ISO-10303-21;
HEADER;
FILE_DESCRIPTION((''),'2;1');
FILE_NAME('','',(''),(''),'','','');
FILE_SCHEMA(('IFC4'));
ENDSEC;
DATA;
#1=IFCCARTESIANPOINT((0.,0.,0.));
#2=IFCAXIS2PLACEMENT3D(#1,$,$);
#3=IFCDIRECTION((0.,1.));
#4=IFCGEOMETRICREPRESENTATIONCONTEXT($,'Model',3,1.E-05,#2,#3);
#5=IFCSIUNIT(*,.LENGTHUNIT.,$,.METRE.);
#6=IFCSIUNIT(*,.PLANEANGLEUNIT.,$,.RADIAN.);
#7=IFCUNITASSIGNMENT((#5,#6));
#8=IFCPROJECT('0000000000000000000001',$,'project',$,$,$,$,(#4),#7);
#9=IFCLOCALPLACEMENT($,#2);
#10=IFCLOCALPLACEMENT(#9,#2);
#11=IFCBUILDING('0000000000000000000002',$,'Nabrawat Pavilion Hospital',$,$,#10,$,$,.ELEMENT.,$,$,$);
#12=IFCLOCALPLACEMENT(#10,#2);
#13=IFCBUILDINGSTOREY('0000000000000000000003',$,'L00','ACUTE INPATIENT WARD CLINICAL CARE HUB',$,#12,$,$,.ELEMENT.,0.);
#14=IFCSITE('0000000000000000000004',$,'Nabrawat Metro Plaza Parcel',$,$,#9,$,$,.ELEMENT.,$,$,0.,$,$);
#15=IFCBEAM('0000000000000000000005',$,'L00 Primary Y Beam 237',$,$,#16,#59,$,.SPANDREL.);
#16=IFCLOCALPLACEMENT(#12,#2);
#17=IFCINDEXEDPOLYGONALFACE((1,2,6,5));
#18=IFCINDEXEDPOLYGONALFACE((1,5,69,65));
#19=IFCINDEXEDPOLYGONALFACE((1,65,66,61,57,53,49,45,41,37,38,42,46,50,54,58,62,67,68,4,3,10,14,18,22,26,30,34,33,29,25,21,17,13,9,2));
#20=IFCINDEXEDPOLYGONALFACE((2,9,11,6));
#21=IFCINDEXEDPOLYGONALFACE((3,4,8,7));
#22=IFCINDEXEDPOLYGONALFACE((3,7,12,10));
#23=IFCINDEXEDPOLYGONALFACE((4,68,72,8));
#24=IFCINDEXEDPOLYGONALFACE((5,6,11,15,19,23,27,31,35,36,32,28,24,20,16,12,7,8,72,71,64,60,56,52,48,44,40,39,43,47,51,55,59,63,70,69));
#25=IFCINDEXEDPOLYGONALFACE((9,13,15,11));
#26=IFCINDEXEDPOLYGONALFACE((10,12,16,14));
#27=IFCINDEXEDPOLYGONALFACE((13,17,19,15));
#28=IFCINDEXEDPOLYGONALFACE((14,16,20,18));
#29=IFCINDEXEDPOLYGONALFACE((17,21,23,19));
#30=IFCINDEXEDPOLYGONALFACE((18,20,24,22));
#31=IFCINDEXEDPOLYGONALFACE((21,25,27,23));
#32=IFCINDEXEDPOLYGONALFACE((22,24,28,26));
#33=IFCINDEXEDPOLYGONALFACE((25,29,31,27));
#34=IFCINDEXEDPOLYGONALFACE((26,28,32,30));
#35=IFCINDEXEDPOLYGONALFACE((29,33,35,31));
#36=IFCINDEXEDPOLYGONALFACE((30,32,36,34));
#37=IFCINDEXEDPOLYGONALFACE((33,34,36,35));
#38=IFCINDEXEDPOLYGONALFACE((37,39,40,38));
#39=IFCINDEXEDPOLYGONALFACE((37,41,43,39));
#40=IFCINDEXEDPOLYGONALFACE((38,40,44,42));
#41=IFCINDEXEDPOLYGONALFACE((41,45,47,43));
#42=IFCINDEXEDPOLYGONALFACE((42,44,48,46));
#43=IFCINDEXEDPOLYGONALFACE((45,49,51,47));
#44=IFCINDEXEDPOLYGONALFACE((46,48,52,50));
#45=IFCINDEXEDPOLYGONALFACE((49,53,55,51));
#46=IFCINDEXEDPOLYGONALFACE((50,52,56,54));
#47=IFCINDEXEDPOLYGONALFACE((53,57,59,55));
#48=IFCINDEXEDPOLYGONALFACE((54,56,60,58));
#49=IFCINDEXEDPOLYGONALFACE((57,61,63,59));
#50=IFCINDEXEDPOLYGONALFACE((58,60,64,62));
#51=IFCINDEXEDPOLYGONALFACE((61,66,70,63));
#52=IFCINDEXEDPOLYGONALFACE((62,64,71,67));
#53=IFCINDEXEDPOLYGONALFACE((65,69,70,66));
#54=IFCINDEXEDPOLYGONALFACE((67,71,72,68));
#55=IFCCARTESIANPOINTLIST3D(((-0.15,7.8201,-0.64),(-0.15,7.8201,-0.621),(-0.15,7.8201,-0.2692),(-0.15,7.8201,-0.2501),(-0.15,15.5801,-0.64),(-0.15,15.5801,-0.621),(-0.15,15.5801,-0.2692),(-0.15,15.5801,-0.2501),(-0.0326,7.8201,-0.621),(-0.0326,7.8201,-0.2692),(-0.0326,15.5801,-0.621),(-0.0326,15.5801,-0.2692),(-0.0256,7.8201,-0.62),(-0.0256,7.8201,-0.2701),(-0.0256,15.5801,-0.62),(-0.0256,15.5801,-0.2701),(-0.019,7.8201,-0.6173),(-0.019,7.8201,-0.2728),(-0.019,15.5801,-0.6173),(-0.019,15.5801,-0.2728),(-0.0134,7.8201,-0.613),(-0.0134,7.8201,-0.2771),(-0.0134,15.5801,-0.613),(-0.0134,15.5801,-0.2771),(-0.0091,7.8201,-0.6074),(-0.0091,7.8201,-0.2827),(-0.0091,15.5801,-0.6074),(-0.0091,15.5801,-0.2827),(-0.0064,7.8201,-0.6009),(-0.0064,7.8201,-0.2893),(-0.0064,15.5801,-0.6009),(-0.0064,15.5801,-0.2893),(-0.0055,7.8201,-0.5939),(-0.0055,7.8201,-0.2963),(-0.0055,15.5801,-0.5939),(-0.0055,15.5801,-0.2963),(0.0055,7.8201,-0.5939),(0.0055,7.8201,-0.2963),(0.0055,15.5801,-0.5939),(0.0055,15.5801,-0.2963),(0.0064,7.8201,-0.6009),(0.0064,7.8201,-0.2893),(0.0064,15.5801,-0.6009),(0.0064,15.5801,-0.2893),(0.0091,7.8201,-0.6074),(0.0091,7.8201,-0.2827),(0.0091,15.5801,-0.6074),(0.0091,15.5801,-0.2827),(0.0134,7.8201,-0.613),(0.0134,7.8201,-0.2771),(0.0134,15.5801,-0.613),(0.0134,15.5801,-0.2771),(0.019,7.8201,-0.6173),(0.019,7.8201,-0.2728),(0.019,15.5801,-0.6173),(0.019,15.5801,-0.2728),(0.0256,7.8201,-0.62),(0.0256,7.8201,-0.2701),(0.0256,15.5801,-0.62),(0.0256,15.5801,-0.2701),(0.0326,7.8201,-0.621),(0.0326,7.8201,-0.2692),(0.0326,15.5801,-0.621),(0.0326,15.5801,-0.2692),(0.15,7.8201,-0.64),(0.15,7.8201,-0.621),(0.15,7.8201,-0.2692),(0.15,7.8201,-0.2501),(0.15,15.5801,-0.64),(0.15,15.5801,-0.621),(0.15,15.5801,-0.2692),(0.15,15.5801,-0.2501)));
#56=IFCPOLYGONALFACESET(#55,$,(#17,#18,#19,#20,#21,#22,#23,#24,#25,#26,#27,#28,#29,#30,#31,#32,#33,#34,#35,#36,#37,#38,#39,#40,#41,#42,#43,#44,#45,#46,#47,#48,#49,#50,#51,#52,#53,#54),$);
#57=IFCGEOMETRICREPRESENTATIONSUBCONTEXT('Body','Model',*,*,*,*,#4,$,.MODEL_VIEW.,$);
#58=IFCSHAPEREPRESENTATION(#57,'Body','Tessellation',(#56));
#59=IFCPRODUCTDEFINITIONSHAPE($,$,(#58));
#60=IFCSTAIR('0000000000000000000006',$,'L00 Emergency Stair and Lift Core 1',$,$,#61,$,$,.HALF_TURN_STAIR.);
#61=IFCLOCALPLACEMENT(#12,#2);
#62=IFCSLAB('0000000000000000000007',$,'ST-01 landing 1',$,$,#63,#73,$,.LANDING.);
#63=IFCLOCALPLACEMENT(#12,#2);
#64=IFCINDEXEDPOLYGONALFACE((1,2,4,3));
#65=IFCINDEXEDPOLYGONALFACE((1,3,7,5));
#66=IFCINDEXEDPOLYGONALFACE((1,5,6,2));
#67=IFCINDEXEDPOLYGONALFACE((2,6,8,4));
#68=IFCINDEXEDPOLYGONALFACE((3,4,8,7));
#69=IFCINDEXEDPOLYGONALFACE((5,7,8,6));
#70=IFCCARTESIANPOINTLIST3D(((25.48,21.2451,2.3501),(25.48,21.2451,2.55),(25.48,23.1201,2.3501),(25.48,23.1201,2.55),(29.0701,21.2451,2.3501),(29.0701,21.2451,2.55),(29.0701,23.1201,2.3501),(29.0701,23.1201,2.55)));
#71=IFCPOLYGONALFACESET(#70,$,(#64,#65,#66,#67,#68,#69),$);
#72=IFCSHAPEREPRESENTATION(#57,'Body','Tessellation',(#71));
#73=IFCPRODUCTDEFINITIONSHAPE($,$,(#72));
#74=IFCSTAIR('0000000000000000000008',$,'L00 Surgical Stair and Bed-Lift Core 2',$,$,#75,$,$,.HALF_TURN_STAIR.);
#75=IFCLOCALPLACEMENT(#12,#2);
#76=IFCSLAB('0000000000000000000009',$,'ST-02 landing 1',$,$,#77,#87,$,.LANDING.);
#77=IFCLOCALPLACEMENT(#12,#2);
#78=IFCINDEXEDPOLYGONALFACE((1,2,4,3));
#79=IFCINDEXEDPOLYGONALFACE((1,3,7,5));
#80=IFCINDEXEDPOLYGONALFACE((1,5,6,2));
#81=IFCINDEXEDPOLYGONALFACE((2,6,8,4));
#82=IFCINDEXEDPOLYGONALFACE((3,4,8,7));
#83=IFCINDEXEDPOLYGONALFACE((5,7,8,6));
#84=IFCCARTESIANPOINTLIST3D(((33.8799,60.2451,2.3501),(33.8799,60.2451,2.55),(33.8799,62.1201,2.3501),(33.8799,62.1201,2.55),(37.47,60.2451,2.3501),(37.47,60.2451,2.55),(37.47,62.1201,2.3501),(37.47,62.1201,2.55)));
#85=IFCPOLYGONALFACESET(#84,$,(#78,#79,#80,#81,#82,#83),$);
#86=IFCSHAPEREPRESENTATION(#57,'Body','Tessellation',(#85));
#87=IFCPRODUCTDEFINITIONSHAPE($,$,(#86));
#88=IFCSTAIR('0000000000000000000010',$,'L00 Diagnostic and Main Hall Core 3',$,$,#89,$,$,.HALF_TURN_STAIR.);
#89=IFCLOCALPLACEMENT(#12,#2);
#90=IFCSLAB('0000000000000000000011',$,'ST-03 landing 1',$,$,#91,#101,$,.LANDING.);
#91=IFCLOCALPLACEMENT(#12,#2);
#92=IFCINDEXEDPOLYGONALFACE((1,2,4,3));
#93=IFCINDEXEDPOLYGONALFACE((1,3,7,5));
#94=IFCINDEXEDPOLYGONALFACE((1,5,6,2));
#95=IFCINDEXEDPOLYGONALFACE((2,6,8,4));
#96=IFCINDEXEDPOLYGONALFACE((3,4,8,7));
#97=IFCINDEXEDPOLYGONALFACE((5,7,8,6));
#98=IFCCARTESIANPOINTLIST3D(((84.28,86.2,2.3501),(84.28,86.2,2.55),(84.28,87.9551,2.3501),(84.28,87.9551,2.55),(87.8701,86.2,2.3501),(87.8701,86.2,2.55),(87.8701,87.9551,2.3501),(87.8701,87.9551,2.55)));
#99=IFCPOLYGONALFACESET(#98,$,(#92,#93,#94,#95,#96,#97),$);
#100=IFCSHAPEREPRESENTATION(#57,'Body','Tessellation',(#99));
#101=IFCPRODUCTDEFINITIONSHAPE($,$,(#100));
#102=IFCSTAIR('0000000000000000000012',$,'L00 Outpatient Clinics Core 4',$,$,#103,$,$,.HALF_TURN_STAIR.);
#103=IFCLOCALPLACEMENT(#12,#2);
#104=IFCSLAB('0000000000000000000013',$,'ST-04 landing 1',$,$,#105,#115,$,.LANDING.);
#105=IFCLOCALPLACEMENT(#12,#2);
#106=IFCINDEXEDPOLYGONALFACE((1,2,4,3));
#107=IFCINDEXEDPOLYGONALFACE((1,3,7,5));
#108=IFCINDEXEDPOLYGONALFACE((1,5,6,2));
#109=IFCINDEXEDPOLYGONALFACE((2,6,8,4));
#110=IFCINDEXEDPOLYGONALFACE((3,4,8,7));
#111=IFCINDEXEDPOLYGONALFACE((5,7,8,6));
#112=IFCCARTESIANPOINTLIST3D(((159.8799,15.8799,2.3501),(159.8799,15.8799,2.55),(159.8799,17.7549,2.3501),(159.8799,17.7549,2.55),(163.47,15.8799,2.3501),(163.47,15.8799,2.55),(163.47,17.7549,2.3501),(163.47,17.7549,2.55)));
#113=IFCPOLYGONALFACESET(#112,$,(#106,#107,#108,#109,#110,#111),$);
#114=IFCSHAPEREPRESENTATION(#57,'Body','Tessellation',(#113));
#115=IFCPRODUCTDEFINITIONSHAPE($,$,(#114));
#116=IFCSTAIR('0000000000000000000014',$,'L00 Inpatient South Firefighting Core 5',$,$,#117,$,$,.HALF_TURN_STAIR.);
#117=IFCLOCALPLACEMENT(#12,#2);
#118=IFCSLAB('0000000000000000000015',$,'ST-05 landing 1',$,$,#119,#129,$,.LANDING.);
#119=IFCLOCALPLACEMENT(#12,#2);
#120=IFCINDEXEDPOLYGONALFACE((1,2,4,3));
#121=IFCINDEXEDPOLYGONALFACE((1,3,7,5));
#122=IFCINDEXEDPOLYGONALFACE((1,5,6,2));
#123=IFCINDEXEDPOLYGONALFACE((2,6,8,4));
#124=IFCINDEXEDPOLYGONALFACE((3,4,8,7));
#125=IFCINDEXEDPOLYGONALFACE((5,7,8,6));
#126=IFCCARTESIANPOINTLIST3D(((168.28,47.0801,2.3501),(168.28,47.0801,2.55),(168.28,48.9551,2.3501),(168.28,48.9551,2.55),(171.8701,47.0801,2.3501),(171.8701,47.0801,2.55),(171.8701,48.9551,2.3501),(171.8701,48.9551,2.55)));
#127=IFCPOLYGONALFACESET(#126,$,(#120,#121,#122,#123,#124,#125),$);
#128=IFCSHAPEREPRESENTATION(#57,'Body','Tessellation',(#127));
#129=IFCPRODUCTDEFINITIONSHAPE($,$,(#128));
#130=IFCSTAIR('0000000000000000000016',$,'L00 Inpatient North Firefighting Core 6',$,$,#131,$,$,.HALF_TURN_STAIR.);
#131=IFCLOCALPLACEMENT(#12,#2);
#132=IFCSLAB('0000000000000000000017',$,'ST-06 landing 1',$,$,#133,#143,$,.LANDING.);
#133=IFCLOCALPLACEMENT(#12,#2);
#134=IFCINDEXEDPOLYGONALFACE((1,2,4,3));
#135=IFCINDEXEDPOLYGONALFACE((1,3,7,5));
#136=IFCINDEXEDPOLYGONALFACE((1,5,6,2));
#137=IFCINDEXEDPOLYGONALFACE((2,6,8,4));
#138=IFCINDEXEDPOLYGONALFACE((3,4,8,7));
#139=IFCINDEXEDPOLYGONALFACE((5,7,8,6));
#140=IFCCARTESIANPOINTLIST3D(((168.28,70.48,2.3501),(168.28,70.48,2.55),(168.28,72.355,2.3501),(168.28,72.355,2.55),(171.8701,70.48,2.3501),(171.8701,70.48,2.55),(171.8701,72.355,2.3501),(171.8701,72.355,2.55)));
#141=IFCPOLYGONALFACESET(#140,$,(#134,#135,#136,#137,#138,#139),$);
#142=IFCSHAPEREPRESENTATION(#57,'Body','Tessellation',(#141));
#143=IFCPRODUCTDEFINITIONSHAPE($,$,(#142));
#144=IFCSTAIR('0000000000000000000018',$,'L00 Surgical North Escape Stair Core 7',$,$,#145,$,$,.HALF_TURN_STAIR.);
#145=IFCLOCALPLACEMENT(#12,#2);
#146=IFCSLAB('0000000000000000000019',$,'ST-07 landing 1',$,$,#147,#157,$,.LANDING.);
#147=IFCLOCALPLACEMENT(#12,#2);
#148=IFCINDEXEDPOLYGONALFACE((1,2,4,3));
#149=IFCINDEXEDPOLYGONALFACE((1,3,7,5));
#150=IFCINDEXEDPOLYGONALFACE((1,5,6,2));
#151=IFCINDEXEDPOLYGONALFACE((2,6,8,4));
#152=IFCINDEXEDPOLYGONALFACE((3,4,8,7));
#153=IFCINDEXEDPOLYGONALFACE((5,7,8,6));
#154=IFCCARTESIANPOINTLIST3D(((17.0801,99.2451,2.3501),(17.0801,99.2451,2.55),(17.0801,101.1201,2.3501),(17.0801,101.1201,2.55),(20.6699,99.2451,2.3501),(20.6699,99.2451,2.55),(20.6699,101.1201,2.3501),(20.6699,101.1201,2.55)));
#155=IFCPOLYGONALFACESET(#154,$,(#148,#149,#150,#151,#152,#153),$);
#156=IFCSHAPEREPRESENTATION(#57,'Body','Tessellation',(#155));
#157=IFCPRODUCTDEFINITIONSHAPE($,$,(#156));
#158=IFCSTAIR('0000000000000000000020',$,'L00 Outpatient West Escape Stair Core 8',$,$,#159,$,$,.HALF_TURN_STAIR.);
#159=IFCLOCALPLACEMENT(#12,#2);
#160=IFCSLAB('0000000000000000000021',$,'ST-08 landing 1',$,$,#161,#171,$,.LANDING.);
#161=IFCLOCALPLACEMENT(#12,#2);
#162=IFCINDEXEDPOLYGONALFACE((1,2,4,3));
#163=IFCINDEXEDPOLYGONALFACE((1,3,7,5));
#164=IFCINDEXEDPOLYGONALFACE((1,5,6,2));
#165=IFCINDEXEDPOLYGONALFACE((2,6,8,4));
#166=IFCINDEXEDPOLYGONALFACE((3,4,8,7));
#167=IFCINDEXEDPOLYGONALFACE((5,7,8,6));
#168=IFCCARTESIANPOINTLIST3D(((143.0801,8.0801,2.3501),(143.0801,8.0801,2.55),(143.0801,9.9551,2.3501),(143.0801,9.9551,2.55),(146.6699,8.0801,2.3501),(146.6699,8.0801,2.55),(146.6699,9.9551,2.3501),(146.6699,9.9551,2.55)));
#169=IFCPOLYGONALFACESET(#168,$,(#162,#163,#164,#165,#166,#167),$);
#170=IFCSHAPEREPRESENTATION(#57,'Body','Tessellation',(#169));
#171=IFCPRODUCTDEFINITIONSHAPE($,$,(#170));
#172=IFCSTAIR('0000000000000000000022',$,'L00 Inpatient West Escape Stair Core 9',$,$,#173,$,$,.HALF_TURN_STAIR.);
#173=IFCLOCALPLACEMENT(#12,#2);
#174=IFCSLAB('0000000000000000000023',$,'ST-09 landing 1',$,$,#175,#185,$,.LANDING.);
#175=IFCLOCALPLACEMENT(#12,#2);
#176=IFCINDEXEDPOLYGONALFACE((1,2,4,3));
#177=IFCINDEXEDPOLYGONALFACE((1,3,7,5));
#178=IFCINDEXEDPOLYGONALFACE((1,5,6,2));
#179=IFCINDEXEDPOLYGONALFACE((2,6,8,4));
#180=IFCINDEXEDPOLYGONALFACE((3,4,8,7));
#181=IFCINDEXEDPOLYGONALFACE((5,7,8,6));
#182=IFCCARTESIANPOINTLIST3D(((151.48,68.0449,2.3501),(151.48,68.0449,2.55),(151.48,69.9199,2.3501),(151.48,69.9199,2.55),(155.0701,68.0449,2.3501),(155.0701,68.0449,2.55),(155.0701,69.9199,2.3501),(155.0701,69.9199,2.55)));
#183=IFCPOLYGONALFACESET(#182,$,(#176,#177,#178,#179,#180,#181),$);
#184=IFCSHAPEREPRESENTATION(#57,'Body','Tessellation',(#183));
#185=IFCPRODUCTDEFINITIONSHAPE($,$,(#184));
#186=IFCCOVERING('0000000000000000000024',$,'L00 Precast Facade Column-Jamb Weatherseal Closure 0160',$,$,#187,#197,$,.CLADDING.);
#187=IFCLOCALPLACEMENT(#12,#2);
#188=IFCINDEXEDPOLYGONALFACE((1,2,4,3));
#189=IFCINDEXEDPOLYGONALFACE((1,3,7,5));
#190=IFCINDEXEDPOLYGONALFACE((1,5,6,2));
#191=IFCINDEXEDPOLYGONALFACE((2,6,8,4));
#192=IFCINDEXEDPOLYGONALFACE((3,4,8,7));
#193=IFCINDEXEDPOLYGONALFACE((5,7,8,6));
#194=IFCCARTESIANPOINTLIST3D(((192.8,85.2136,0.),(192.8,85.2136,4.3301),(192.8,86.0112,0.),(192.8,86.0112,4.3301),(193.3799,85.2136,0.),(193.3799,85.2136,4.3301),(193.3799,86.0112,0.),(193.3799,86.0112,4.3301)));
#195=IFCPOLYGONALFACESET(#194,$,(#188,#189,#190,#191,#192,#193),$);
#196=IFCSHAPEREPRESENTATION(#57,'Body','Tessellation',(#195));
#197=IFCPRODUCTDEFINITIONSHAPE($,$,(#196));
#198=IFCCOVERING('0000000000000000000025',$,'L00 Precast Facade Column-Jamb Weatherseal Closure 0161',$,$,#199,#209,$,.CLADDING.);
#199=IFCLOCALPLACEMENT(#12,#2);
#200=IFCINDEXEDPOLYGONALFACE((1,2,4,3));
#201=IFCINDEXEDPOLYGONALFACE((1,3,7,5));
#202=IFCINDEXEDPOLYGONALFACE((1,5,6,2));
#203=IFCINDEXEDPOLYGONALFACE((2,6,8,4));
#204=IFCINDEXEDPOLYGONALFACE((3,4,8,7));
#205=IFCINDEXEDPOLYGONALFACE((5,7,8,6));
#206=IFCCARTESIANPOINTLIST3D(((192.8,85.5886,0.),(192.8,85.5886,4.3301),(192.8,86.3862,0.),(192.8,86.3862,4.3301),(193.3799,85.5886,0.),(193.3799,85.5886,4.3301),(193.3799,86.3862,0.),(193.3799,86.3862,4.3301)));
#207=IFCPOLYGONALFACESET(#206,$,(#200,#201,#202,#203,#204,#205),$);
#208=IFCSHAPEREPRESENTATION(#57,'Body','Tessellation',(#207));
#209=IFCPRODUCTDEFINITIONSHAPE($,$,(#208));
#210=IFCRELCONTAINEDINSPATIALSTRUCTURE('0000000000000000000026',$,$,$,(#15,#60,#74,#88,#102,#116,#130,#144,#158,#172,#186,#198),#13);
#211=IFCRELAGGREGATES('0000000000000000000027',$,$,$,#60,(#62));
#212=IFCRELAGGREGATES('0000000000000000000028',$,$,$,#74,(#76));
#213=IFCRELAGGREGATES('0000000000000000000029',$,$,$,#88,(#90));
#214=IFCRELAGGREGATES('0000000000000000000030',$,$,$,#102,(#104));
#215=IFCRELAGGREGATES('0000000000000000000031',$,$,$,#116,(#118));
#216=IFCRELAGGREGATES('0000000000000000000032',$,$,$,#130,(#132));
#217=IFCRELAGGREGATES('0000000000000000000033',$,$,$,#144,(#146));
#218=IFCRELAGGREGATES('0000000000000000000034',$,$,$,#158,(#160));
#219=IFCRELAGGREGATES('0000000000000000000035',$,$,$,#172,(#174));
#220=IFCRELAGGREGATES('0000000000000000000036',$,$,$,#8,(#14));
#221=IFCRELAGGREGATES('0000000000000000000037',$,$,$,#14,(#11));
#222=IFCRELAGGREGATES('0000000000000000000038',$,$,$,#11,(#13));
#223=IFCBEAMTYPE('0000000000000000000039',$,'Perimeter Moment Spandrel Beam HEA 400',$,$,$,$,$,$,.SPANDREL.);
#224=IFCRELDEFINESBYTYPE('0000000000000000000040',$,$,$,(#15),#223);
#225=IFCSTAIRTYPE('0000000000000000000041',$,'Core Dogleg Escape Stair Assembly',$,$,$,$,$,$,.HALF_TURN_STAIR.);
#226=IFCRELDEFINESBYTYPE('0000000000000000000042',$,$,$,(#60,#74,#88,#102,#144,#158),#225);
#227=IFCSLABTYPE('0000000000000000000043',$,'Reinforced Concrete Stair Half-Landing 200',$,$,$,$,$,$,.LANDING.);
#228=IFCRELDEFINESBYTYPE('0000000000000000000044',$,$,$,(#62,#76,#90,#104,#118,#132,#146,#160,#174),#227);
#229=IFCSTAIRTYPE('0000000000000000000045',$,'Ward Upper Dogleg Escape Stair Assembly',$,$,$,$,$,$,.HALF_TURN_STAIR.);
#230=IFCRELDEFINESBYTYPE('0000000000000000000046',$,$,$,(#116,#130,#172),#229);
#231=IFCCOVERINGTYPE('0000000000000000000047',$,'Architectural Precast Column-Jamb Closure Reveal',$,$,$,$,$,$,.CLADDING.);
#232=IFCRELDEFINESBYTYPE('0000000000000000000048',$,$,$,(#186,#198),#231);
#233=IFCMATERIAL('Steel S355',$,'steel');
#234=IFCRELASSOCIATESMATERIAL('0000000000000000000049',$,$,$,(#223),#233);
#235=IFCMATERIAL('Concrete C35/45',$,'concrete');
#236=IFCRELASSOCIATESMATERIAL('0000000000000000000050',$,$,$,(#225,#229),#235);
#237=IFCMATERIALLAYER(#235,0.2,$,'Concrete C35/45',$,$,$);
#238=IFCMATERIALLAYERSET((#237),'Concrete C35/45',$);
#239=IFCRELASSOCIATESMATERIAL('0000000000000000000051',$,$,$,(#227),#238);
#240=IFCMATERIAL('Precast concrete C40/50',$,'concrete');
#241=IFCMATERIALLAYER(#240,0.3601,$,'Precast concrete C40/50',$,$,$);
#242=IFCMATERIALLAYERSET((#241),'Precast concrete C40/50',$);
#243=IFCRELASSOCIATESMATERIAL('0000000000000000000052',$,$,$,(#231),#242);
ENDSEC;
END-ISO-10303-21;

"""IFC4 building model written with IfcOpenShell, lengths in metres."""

from ifc_helpers import new_model, si_unit, direction, frame, origin, origin_2d, place, context, subcontext, project, spatial, polyline, i_section, outline, extrude, material, layer, layer_set, material_profile, profile_set, type_object, element, aggregate, save


model = new_model("IFC4")

# Units and contexts
model_context = context("Model", 3, precision=1e-05, world=origin(), true_north=direction((0.0, 1.0)))
body_context = subcontext(model_context, "Body", "Model", "MODEL_VIEW")
ifc_project = project(units=[si_unit("LENGTHUNIT", "METRE"), si_unit("PLANEANGLEUNIT", "RADIAN")], contexts=[model_context])

# Site, building, storey
site_placement = place(None, origin())
site = spatial("IfcSite", under=ifc_project, at=site_placement, Name="Nabrawat Metro Plaza Parcel", CompositionType="ELEMENT", RefElevation=0.0)
building_placement = place(site_placement, origin())
building = spatial("IfcBuilding", under=site, at=building_placement, Name="Nabrawat Pavilion Hospital", CompositionType="ELEMENT")
storey_placement = place(building_placement, origin())
storey = spatial("IfcBuildingStorey", under=building, at=storey_placement, Name="L00", Description="ACUTE INPATIENT WARD CLINICAL CARE HUB", CompositionType="ELEMENT", Elevation=0.0)

# Shared definitions
ifc_material_1 = material(Name="Steel S355", Category="steel")

# Beam
ifc_material_profile_1 = material_profile(ifc_material_1, i_section(OverallWidth=0.3, OverallDepth=0.3899, WebThickness=0.011, FlangeThickness=0.019, FilletRadius=0.0271, at=origin_2d()), Name="HEA 400")
ifc_profile_set_1 = profile_set([ifc_material_profile_1], Name="Steel S355")
beam_type_1 = type_object("IfcBeamType", Name="Perimeter Moment Spandrel Beam HEA 400", PredefinedType="SPANDREL", material=ifc_profile_set_1)
for number, where, z_axis, x_axis, name in (
    (1, (0.0, 7.8201, -0.4451), (0.0, 1.0, 0.0), (-1.0, 0.0, 0.0), "L00 Primary Y Beam 237"),
):
    element("IfcBeam", number, at=place(storey_placement, frame(where, z_axis=z_axis, x_axis=x_axis)), inside=storey, type_object=beam_type_1, Name=name, PredefinedType="SPANDREL", context=body_context, shape_type="SweptSolid", body=[
        extrude(i_section(OverallWidth=0.3, OverallDepth=0.3899, WebThickness=0.011, FlangeThickness=0.019, FilletRadius=0.0271, at=origin_2d()), origin(), (0.0, 0.0, 1.0), 7.76),
    ])

# Stairs, slabs
ifc_material_2 = material(Name="Concrete C35/45", Category="concrete")
stair_type_1 = type_object("IfcStairType", Name="Core Dogleg Escape Stair Assembly", PredefinedType="HALF_TURN_STAIR", material=ifc_material_2)
stair_1_placement = place(storey_placement, origin())
stair_1 = element("IfcStair", 2, at=stair_1_placement, inside=storey, type_object=stair_type_1, Name="L00 Emergency Stair and Lift Core 1", PredefinedType="HALF_TURN_STAIR")
ifc_layer_1 = layer(ifc_material_2, 0.2, Name="Concrete C35/45")
ifc_layer_set_1 = layer_set([ifc_layer_1], Name="Concrete C35/45")
slab_type = type_object("IfcSlabType", Name="Reinforced Concrete Stair Half-Landing 200", PredefinedType="LANDING", material=ifc_layer_set_1)
slab_1_placement = place(storey_placement, frame((0.0, 0.0, 2.3501)))
slab_1 = element("IfcSlab", 3, at=slab_1_placement, type_object=slab_type, Name="ST-01 landing 1", PredefinedType="LANDING", context=body_context, shape_type="SweptSolid", body=[
    extrude(outline(polyline([(29.0701, 21.2451), (29.0701, 23.1201), (25.48, 23.1201), (25.48, 21.2451), (29.0701, 21.2451)])), origin(), (0.0, 0.0, 1.0), 0.2),
])
aggregate(stair_1, [slab_1])
stair_2_placement = place(storey_placement, origin())
stair_2 = element("IfcStair", 4, at=stair_2_placement, inside=storey, type_object=stair_type_1, Name="L00 Surgical Stair and Bed-Lift Core 2", PredefinedType="HALF_TURN_STAIR")
slab_2_placement = place(storey_placement, frame((0.0, 0.0, 2.3501)))
slab_2 = element("IfcSlab", 5, at=slab_2_placement, type_object=slab_type, Name="ST-02 landing 1", PredefinedType="LANDING", context=body_context, shape_type="SweptSolid", body=[
    extrude(outline(polyline([(37.47, 60.2451), (37.47, 62.1201), (33.8799, 62.1201), (33.8799, 60.2451), (37.47, 60.2451)])), origin(), (0.0, 0.0, 1.0), 0.2),
])
aggregate(stair_2, [slab_2])
stair_3_placement = place(storey_placement, origin())
stair_3 = element("IfcStair", 6, at=stair_3_placement, inside=storey, type_object=stair_type_1, Name="L00 Diagnostic and Main Hall Core 3", PredefinedType="HALF_TURN_STAIR")
slab_3_placement = place(storey_placement, frame((0.0, 0.0, 2.3501)))
slab_3 = element("IfcSlab", 7, at=slab_3_placement, type_object=slab_type, Name="ST-03 landing 1", PredefinedType="LANDING", context=body_context, shape_type="SweptSolid", body=[
    extrude(outline(polyline([(87.8701, 86.2), (87.8701, 87.9551), (84.28, 87.9551), (84.28, 86.2), (87.8701, 86.2)])), origin(), (0.0, 0.0, 1.0), 0.2),
])
aggregate(stair_3, [slab_3])
stair_4_placement = place(storey_placement, origin())
stair_4 = element("IfcStair", 8, at=stair_4_placement, inside=storey, type_object=stair_type_1, Name="L00 Outpatient Clinics Core 4", PredefinedType="HALF_TURN_STAIR")
slab_4_placement = place(storey_placement, frame((0.0, 0.0, 2.3501)))
slab_4 = element("IfcSlab", 9, at=slab_4_placement, type_object=slab_type, Name="ST-04 landing 1", PredefinedType="LANDING", context=body_context, shape_type="SweptSolid", body=[
    extrude(outline(polyline([(163.47, 15.8799), (163.47, 17.7549), (159.8799, 17.7549), (159.8799, 15.8799), (163.47, 15.8799)])), origin(), (0.0, 0.0, 1.0), 0.2),
])
aggregate(stair_4, [slab_4])
stair_type_2 = type_object("IfcStairType", Name="Ward Upper Dogleg Escape Stair Assembly", PredefinedType="HALF_TURN_STAIR", material=ifc_material_2)
stair_5_placement = place(storey_placement, origin())
stair_5 = element("IfcStair", 10, at=stair_5_placement, inside=storey, type_object=stair_type_2, Name="L00 Inpatient South Firefighting Core 5", PredefinedType="HALF_TURN_STAIR")
slab_5_placement = place(storey_placement, frame((0.0, 0.0, 2.3501)))
slab_5 = element("IfcSlab", 11, at=slab_5_placement, type_object=slab_type, Name="ST-05 landing 1", PredefinedType="LANDING", context=body_context, shape_type="SweptSolid", body=[
    extrude(outline(polyline([(171.8701, 47.0801), (171.8701, 48.9551), (168.28, 48.9551), (168.28, 47.0801), (171.8701, 47.0801)])), origin(), (0.0, 0.0, 1.0), 0.2),
])
aggregate(stair_5, [slab_5])
stair_6_placement = place(storey_placement, origin())
stair_6 = element("IfcStair", 12, at=stair_6_placement, inside=storey, type_object=stair_type_2, Name="L00 Inpatient North Firefighting Core 6", PredefinedType="HALF_TURN_STAIR")
slab_6_placement = place(storey_placement, frame((0.0, 0.0, 2.3501)))
slab_6 = element("IfcSlab", 13, at=slab_6_placement, type_object=slab_type, Name="ST-06 landing 1", PredefinedType="LANDING", context=body_context, shape_type="SweptSolid", body=[
    extrude(outline(polyline([(171.8701, 70.48), (171.8701, 72.355), (168.28, 72.355), (168.28, 70.48), (171.8701, 70.48)])), origin(), (0.0, 0.0, 1.0), 0.2),
])
aggregate(stair_6, [slab_6])
stair_7_placement = place(storey_placement, origin())
stair_7 = element("IfcStair", 14, at=stair_7_placement, inside=storey, type_object=stair_type_1, Name="L00 Surgical North Escape Stair Core 7", PredefinedType="HALF_TURN_STAIR")
slab_7_placement = place(storey_placement, frame((0.0, 0.0, 2.3501)))
slab_7 = element("IfcSlab", 15, at=slab_7_placement, type_object=slab_type, Name="ST-07 landing 1", PredefinedType="LANDING", context=body_context, shape_type="SweptSolid", body=[
    extrude(outline(polyline([(20.6699, 99.2451), (20.6699, 101.1201), (17.0801, 101.1201), (17.0801, 99.2451), (20.6699, 99.2451)])), origin(), (0.0, 0.0, 1.0), 0.2),
])
aggregate(stair_7, [slab_7])
stair_8_placement = place(storey_placement, origin())
stair_8 = element("IfcStair", 16, at=stair_8_placement, inside=storey, type_object=stair_type_1, Name="L00 Outpatient West Escape Stair Core 8", PredefinedType="HALF_TURN_STAIR")
slab_8_placement = place(storey_placement, frame((0.0, 0.0, 2.3501)))
slab_8 = element("IfcSlab", 17, at=slab_8_placement, type_object=slab_type, Name="ST-08 landing 1", PredefinedType="LANDING", context=body_context, shape_type="SweptSolid", body=[
    extrude(outline(polyline([(146.6699, 8.0801), (146.6699, 9.9551), (143.0801, 9.9551), (143.0801, 8.0801), (146.6699, 8.0801)])), origin(), (0.0, 0.0, 1.0), 0.2),
])
aggregate(stair_8, [slab_8])
stair_9_placement = place(storey_placement, origin())
stair_9 = element("IfcStair", 18, at=stair_9_placement, inside=storey, type_object=stair_type_2, Name="L00 Inpatient West Escape Stair Core 9", PredefinedType="HALF_TURN_STAIR")
slab_9_placement = place(storey_placement, frame((0.0, 0.0, 2.3501)))
slab_9 = element("IfcSlab", 19, at=slab_9_placement, type_object=slab_type, Name="ST-09 landing 1", PredefinedType="LANDING", context=body_context, shape_type="SweptSolid", body=[
    extrude(outline(polyline([(155.0701, 68.0449), (155.0701, 69.9199), (151.48, 69.9199), (151.48, 68.0449), (155.0701, 68.0449)])), origin(), (0.0, 0.0, 1.0), 0.2),
])
aggregate(stair_9, [slab_9])

# Coverings
ifc_material_3 = material(Name="Precast concrete C40/50", Category="concrete")
ifc_layer_2 = layer(ifc_material_3, 0.3601, Name="Precast concrete C40/50")
ifc_layer_set_2 = layer_set([ifc_layer_2], Name="Precast concrete C40/50")
covering_type_1 = type_object("IfcCoveringType", Name="Architectural Precast Column-Jamb Closure Reveal", PredefinedType="CLADDING", material=ifc_layer_set_2)
covering_1_placement = place(storey_placement, origin())
element("IfcCovering", 20, at=covering_1_placement, inside=storey, type_object=covering_type_1, Name="L00 Precast Facade Column-Jamb Weatherseal Closure 0160", PredefinedType="CLADDING", context=body_context, shape_type="SweptSolid", body=[
    extrude(outline(polyline([(193.3799, 85.2136), (193.3799, 86.0112), (192.8, 86.0112), (192.8, 85.2136), (193.3799, 85.2136)])), origin(), (0.0, 0.0, 1.0), 4.3301),
])
covering_2_placement = place(storey_placement, origin())
element("IfcCovering", 21, at=covering_2_placement, inside=storey, type_object=covering_type_1, Name="L00 Precast Facade Column-Jamb Weatherseal Closure 0161", PredefinedType="CLADDING", context=body_context, shape_type="SweptSolid", body=[
    extrude(outline(polyline([(193.3799, 85.5886), (193.3799, 86.3862), (192.8, 86.3862), (192.8, 85.5886), (193.3799, 85.5886)])), origin(), (0.0, 0.0, 1.0), 4.3301),
])

save(model, "model.ifc")
